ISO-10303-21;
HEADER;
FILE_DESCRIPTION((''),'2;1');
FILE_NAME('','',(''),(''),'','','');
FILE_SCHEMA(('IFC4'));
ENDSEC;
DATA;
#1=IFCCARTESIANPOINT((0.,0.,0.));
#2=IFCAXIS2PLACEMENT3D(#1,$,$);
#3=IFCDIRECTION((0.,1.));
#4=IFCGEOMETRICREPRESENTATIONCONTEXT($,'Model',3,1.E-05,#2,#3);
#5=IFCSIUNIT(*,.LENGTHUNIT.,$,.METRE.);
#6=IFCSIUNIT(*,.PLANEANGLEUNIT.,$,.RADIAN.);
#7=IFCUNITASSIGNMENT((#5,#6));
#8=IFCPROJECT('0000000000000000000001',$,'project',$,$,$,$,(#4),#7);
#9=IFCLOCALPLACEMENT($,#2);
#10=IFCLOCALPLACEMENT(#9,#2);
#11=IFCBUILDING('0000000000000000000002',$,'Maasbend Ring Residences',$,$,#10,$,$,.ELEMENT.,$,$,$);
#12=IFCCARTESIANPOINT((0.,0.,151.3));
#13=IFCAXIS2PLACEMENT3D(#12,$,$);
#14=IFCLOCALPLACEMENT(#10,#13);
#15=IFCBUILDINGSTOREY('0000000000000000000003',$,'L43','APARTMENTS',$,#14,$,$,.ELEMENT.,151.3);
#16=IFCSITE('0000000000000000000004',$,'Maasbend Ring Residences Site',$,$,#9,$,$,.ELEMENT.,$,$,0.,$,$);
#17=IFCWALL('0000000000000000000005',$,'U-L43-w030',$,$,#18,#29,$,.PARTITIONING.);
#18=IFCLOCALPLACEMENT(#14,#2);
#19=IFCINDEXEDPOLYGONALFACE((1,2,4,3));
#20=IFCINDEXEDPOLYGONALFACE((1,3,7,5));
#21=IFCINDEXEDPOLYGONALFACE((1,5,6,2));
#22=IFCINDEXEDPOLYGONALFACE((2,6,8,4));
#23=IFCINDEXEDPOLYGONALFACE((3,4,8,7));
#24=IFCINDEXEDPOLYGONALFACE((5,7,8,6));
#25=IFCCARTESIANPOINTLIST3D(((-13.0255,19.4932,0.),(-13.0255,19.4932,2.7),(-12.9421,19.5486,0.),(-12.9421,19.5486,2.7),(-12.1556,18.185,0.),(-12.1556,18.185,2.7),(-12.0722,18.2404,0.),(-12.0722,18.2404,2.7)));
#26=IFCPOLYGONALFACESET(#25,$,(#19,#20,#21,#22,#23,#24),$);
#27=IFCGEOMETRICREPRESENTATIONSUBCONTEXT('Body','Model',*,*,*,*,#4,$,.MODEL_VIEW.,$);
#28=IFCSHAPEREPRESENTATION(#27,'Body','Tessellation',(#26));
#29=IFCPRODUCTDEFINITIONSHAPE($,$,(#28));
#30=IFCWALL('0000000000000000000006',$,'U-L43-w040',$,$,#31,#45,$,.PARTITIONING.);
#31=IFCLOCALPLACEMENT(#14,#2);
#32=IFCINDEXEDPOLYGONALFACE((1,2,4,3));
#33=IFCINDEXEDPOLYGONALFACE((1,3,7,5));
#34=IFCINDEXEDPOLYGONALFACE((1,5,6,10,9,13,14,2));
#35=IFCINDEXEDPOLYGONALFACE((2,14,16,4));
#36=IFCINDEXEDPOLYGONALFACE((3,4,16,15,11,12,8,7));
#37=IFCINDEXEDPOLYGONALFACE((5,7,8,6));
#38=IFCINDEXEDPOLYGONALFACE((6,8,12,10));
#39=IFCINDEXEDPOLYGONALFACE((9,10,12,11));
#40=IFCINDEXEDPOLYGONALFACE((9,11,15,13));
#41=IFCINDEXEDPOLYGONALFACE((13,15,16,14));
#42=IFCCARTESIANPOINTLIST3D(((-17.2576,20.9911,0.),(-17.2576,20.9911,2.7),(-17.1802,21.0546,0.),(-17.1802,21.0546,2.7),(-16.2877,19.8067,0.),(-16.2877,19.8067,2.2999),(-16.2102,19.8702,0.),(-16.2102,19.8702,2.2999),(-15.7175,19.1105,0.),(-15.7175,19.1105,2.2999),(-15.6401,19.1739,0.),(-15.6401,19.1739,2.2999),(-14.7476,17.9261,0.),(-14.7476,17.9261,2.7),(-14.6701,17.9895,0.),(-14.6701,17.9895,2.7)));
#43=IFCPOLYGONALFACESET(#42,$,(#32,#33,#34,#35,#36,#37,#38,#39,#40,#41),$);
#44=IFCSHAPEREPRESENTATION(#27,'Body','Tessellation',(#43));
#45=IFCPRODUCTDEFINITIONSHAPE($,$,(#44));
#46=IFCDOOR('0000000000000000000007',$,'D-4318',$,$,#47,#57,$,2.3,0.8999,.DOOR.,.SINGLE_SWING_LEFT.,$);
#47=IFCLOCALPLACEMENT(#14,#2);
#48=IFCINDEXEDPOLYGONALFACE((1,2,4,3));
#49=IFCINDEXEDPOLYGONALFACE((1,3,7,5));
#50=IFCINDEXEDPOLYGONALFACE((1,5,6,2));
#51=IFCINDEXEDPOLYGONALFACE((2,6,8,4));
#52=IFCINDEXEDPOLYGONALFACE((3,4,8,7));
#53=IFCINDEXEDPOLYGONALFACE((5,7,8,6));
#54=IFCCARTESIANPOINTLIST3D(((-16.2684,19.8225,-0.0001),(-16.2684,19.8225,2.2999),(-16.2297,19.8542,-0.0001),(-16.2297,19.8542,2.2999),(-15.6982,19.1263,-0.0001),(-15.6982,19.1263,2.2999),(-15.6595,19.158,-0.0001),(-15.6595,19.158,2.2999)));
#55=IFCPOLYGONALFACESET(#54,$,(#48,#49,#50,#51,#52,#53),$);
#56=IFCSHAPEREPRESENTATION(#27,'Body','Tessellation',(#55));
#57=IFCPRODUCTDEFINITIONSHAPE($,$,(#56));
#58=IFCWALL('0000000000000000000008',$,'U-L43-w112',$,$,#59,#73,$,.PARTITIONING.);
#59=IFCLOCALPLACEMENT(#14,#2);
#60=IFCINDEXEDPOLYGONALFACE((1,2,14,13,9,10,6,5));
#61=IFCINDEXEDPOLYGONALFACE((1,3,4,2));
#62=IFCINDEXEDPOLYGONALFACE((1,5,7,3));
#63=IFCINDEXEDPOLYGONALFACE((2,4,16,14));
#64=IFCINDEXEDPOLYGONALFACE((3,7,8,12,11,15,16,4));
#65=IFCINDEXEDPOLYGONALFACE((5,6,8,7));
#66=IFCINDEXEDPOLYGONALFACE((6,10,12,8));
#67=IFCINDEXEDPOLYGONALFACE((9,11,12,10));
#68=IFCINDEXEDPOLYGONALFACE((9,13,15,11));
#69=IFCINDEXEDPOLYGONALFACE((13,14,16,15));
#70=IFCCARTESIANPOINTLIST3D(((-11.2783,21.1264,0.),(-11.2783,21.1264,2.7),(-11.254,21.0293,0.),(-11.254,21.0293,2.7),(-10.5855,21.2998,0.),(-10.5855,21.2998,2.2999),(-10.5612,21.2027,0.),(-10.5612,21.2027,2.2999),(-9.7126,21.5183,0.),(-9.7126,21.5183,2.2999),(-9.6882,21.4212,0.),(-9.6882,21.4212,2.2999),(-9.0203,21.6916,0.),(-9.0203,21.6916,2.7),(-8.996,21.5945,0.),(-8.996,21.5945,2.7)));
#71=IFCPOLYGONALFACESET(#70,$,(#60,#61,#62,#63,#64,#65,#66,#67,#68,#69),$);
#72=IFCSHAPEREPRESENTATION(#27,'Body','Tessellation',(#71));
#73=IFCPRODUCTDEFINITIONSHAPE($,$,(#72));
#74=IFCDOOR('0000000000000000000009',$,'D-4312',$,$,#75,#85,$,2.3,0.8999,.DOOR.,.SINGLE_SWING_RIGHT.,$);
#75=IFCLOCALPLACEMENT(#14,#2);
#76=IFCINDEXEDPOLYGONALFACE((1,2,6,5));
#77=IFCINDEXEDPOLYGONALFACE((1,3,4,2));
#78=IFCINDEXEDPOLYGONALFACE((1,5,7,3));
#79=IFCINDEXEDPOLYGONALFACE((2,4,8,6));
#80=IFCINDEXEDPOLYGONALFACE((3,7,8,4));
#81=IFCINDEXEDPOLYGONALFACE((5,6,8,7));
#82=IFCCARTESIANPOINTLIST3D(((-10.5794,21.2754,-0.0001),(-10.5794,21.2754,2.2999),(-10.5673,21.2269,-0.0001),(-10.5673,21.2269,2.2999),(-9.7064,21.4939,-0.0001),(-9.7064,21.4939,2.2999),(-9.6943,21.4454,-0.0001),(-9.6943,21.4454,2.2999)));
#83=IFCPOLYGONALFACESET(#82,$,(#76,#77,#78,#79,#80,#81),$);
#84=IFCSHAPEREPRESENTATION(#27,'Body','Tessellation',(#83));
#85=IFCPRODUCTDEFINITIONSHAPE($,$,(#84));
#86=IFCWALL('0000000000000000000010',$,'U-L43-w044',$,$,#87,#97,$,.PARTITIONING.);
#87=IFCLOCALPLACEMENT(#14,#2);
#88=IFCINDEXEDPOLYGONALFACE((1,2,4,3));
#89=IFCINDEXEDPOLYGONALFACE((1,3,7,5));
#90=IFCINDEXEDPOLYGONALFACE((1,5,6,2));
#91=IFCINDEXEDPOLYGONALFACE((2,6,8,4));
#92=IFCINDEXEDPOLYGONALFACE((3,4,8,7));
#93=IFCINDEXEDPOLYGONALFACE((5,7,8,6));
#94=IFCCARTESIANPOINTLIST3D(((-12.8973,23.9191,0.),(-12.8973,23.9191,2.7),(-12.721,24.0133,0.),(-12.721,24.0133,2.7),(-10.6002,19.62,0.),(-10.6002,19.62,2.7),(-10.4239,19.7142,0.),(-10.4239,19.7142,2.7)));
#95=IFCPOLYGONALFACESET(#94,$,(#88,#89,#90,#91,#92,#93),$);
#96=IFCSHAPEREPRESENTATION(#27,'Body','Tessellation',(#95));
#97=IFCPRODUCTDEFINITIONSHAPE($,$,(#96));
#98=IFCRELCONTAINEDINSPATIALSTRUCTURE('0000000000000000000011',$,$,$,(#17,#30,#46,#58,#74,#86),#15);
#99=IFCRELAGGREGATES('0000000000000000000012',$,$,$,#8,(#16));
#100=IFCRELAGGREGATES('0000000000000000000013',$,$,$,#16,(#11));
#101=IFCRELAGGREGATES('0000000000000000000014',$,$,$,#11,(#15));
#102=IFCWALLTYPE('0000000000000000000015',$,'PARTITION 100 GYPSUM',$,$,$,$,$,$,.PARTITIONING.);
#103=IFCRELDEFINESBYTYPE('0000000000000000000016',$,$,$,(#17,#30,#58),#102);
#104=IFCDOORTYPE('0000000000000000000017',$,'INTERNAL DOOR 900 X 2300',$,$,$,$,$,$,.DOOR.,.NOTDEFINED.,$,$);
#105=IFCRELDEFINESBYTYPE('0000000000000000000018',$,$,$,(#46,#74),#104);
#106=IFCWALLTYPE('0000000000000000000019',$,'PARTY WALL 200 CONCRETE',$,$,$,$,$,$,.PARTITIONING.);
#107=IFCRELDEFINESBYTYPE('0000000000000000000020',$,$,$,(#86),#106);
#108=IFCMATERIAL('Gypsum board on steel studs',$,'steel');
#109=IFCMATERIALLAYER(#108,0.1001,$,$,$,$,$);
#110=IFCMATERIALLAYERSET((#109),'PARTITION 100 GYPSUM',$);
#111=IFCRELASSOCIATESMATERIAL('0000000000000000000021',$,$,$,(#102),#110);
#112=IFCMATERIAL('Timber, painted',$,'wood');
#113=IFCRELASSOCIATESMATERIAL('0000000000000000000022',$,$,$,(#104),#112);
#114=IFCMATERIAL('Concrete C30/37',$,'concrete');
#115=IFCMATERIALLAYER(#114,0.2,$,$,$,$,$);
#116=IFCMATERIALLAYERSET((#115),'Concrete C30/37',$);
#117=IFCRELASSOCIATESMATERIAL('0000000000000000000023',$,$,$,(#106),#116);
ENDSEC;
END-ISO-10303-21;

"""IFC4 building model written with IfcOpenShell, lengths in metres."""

from ifc_helpers import new_model, si_unit, direction, frame, frame_2d, origin, place, context, subcontext, project, spatial, rectangle, extrude, material, layer, layer_set, type_object, element, fill, save


model = new_model("IFC4")

# Units and contexts
model_context = context("Model", 3, precision=1e-05, world=origin(), true_north=direction((0.0, 1.0)))
body_context = subcontext(model_context, "Body", "Model", "MODEL_VIEW")
ifc_project = project(units=[si_unit("LENGTHUNIT", "METRE"), si_unit("PLANEANGLEUNIT", "RADIAN")], contexts=[model_context])

# Site, building, storey
site_placement = place(None, origin())
site = spatial("IfcSite", under=ifc_project, at=site_placement, Name="Maasbend Ring Residences Site", CompositionType="ELEMENT", RefElevation=0.0)
building_placement = place(site_placement, origin())
building = spatial("IfcBuilding", under=site, at=building_placement, Name="Maasbend Ring Residences", CompositionType="ELEMENT")
storey_placement = place(building_placement, frame((0.0, 0.0, 151.3)))
storey = spatial("IfcBuildingStorey", under=building, at=storey_placement, Name="L43", Description="APARTMENTS", CompositionType="ELEMENT", Elevation=151.3)

# Wall
ifc_material_1 = material(Name="Gypsum board on steel studs", Category="steel")
ifc_layer_1 = layer(ifc_material_1, 0.1001)
ifc_layer_set_1 = layer_set([ifc_layer_1], Name="PARTITION 100 GYPSUM")
wall_type_1 = type_object("IfcWallType", Name="PARTITION 100 GYPSUM", PredefinedType="PARTITIONING", material=ifc_layer_set_1)
wall_1_placement = place(storey_placement, frame((-12.9839, 19.521, 0.0), z_axis=(0.0, 0.0, 1.0), x_axis=(0.553731, -0.832695, 0.0)))
element("IfcWall", 1, at=wall_1_placement, inside=storey, type_object=wall_type_1, Name="U-L43-w030", PredefinedType="PARTITIONING", context=body_context, shape_type="SweptSolid", body=[
    extrude(rectangle(XDim=1.571, YDim=0.1001, at=frame_2d((0.7856, 0.0))), origin(), (0.0, 0.0, 1.0), 2.7),
])

# Walls, openings, doors
wall_2_placement = place(storey_placement, frame((-17.219, 21.0229, 0.0), z_axis=(0.0, 0.0, 1.0), x_axis=(0.63359, -0.773669, 0.0)))
wall_2 = element("IfcWall", 2, at=wall_2_placement, inside=storey, type_object=wall_type_1, Name="U-L43-w040", PredefinedType="PARTITIONING", context=body_context, shape_type="SweptSolid", body=[
    extrude(rectangle(XDim=3.9617, YDim=0.1001, at=frame_2d((1.981, 0.0))), origin(), (0.0, 0.0, 1.0), 2.7),
])
opening_1_placement = place(wall_2_placement, frame((1.531, 0.0, 0.0)))
opening_1 = element("IfcOpeningElement", 3, at=opening_1_placement, cuts=wall_2, PredefinedType="OPENING", context=body_context, shape_type="SweptSolid", body=[
    extrude(rectangle(XDim=0.8999, YDim=2.3, at=frame_2d((0.45, 1.1499))), frame((0.0, 0.0601, 0.0), z_axis=(0.0, -1.0, 0.0), x_axis=(1.0, 0.0, 0.0)), (0.0, 0.0, 1.0), 0.1201),
])
ifc_material_2 = material(Name="Timber, painted", Category="wood")
door_type_1 = type_object("IfcDoorType", Name="INTERNAL DOOR 900 X 2300", OperationType="NOTDEFINED", PredefinedType="DOOR", material=ifc_material_2)
door_1_placement = place(opening_1_placement, origin())
door_1 = element("IfcDoor", 4, at=door_1_placement, inside=storey, type_object=door_type_1, Name="D-4318", OperationType="SINGLE_SWING_LEFT", OverallHeight=2.3, OverallWidth=0.8999, PredefinedType="DOOR", context=body_context, shape_type="SweptSolid", body=[
    extrude(rectangle(XDim=0.8999, YDim=2.3, at=frame_2d((0.45, 1.1499))), frame((0.0, 0.0249, 0.0), z_axis=(0.0, -1.0, 0.0), x_axis=(1.0, 0.0, 0.0)), (0.0, 0.0, 1.0), 0.05),
])
fill(opening_1, door_1)
wall_3_placement = place(storey_placement, frame((-11.2661, 21.0779, 0.0), z_axis=(0.0, 0.0, 1.0), x_axis=(0.970075, 0.242807, 0.0)))
wall_3 = element("IfcWall", 5, at=wall_3_placement, inside=storey, type_object=wall_type_1, Name="U-L43-w112", PredefinedType="PARTITIONING", context=body_context, shape_type="SweptSolid", body=[
    extrude(rectangle(XDim=2.3276, YDim=0.1001, at=frame_2d((1.1638, 0.0))), origin(), (0.0, 0.0, 1.0), 2.7),
])
opening_2_placement = place(wall_3_placement, frame((0.7141, 0.0, 0.0)))
opening_2 = element("IfcOpeningElement", 6, at=opening_2_placement, cuts=wall_3, PredefinedType="OPENING", context=body_context, shape_type="SweptSolid", body=[
    extrude(rectangle(XDim=0.8999, YDim=2.3, at=frame_2d((0.45, 1.1499))), frame((0.0, 0.0601, 0.0), z_axis=(0.0, -1.0, 0.0), x_axis=(1.0, 0.0, 0.0)), (0.0, 0.0, 1.0), 0.1201),
])
door_2_placement = place(opening_2_placement, origin())
door_2 = element("IfcDoor", 7, at=door_2_placement, inside=storey, type_object=door_type_1, Name="D-4312", OperationType="SINGLE_SWING_RIGHT", OverallHeight=2.3, OverallWidth=0.8999, PredefinedType="DOOR", context=body_context, shape_type="SweptSolid", body=[
    extrude(rectangle(XDim=0.8999, YDim=2.3, at=frame_2d((0.45, 1.1499))), frame((0.0, 0.0249, 0.0), z_axis=(0.0, -1.0, 0.0), x_axis=(1.0, 0.0, 0.0)), (0.0, 0.0, 1.0), 0.05),
])
fill(opening_2, door_2)

# Wall
ifc_material_3 = material(Name="Concrete C30/37", Category="concrete")
ifc_layer_2 = layer(ifc_material_3, 0.2)
ifc_layer_set_2 = layer_set([ifc_layer_2], Name="Concrete C30/37")
wall_type_2 = type_object("IfcWallType", Name="PARTY WALL 200 CONCRETE", PredefinedType="PARTITIONING", material=ifc_layer_set_2)
wall_4_placement = place(storey_placement, frame((-12.8091, 23.9661, 0.0), z_axis=(0.0, 0.0, 1.0), x_axis=(0.471272, -0.881988, 0.0)))
element("IfcWall", 8, at=wall_4_placement, inside=storey, type_object=wall_type_2, Name="U-L43-w044", PredefinedType="PARTITIONING", context=body_context, shape_type="SweptSolid", body=[
    extrude(rectangle(XDim=4.8743, YDim=0.2, at=frame_2d((2.437, 0.0))), origin(), (0.0, 0.0, 1.0), 2.7),
])

save(model, "model.ifc")
